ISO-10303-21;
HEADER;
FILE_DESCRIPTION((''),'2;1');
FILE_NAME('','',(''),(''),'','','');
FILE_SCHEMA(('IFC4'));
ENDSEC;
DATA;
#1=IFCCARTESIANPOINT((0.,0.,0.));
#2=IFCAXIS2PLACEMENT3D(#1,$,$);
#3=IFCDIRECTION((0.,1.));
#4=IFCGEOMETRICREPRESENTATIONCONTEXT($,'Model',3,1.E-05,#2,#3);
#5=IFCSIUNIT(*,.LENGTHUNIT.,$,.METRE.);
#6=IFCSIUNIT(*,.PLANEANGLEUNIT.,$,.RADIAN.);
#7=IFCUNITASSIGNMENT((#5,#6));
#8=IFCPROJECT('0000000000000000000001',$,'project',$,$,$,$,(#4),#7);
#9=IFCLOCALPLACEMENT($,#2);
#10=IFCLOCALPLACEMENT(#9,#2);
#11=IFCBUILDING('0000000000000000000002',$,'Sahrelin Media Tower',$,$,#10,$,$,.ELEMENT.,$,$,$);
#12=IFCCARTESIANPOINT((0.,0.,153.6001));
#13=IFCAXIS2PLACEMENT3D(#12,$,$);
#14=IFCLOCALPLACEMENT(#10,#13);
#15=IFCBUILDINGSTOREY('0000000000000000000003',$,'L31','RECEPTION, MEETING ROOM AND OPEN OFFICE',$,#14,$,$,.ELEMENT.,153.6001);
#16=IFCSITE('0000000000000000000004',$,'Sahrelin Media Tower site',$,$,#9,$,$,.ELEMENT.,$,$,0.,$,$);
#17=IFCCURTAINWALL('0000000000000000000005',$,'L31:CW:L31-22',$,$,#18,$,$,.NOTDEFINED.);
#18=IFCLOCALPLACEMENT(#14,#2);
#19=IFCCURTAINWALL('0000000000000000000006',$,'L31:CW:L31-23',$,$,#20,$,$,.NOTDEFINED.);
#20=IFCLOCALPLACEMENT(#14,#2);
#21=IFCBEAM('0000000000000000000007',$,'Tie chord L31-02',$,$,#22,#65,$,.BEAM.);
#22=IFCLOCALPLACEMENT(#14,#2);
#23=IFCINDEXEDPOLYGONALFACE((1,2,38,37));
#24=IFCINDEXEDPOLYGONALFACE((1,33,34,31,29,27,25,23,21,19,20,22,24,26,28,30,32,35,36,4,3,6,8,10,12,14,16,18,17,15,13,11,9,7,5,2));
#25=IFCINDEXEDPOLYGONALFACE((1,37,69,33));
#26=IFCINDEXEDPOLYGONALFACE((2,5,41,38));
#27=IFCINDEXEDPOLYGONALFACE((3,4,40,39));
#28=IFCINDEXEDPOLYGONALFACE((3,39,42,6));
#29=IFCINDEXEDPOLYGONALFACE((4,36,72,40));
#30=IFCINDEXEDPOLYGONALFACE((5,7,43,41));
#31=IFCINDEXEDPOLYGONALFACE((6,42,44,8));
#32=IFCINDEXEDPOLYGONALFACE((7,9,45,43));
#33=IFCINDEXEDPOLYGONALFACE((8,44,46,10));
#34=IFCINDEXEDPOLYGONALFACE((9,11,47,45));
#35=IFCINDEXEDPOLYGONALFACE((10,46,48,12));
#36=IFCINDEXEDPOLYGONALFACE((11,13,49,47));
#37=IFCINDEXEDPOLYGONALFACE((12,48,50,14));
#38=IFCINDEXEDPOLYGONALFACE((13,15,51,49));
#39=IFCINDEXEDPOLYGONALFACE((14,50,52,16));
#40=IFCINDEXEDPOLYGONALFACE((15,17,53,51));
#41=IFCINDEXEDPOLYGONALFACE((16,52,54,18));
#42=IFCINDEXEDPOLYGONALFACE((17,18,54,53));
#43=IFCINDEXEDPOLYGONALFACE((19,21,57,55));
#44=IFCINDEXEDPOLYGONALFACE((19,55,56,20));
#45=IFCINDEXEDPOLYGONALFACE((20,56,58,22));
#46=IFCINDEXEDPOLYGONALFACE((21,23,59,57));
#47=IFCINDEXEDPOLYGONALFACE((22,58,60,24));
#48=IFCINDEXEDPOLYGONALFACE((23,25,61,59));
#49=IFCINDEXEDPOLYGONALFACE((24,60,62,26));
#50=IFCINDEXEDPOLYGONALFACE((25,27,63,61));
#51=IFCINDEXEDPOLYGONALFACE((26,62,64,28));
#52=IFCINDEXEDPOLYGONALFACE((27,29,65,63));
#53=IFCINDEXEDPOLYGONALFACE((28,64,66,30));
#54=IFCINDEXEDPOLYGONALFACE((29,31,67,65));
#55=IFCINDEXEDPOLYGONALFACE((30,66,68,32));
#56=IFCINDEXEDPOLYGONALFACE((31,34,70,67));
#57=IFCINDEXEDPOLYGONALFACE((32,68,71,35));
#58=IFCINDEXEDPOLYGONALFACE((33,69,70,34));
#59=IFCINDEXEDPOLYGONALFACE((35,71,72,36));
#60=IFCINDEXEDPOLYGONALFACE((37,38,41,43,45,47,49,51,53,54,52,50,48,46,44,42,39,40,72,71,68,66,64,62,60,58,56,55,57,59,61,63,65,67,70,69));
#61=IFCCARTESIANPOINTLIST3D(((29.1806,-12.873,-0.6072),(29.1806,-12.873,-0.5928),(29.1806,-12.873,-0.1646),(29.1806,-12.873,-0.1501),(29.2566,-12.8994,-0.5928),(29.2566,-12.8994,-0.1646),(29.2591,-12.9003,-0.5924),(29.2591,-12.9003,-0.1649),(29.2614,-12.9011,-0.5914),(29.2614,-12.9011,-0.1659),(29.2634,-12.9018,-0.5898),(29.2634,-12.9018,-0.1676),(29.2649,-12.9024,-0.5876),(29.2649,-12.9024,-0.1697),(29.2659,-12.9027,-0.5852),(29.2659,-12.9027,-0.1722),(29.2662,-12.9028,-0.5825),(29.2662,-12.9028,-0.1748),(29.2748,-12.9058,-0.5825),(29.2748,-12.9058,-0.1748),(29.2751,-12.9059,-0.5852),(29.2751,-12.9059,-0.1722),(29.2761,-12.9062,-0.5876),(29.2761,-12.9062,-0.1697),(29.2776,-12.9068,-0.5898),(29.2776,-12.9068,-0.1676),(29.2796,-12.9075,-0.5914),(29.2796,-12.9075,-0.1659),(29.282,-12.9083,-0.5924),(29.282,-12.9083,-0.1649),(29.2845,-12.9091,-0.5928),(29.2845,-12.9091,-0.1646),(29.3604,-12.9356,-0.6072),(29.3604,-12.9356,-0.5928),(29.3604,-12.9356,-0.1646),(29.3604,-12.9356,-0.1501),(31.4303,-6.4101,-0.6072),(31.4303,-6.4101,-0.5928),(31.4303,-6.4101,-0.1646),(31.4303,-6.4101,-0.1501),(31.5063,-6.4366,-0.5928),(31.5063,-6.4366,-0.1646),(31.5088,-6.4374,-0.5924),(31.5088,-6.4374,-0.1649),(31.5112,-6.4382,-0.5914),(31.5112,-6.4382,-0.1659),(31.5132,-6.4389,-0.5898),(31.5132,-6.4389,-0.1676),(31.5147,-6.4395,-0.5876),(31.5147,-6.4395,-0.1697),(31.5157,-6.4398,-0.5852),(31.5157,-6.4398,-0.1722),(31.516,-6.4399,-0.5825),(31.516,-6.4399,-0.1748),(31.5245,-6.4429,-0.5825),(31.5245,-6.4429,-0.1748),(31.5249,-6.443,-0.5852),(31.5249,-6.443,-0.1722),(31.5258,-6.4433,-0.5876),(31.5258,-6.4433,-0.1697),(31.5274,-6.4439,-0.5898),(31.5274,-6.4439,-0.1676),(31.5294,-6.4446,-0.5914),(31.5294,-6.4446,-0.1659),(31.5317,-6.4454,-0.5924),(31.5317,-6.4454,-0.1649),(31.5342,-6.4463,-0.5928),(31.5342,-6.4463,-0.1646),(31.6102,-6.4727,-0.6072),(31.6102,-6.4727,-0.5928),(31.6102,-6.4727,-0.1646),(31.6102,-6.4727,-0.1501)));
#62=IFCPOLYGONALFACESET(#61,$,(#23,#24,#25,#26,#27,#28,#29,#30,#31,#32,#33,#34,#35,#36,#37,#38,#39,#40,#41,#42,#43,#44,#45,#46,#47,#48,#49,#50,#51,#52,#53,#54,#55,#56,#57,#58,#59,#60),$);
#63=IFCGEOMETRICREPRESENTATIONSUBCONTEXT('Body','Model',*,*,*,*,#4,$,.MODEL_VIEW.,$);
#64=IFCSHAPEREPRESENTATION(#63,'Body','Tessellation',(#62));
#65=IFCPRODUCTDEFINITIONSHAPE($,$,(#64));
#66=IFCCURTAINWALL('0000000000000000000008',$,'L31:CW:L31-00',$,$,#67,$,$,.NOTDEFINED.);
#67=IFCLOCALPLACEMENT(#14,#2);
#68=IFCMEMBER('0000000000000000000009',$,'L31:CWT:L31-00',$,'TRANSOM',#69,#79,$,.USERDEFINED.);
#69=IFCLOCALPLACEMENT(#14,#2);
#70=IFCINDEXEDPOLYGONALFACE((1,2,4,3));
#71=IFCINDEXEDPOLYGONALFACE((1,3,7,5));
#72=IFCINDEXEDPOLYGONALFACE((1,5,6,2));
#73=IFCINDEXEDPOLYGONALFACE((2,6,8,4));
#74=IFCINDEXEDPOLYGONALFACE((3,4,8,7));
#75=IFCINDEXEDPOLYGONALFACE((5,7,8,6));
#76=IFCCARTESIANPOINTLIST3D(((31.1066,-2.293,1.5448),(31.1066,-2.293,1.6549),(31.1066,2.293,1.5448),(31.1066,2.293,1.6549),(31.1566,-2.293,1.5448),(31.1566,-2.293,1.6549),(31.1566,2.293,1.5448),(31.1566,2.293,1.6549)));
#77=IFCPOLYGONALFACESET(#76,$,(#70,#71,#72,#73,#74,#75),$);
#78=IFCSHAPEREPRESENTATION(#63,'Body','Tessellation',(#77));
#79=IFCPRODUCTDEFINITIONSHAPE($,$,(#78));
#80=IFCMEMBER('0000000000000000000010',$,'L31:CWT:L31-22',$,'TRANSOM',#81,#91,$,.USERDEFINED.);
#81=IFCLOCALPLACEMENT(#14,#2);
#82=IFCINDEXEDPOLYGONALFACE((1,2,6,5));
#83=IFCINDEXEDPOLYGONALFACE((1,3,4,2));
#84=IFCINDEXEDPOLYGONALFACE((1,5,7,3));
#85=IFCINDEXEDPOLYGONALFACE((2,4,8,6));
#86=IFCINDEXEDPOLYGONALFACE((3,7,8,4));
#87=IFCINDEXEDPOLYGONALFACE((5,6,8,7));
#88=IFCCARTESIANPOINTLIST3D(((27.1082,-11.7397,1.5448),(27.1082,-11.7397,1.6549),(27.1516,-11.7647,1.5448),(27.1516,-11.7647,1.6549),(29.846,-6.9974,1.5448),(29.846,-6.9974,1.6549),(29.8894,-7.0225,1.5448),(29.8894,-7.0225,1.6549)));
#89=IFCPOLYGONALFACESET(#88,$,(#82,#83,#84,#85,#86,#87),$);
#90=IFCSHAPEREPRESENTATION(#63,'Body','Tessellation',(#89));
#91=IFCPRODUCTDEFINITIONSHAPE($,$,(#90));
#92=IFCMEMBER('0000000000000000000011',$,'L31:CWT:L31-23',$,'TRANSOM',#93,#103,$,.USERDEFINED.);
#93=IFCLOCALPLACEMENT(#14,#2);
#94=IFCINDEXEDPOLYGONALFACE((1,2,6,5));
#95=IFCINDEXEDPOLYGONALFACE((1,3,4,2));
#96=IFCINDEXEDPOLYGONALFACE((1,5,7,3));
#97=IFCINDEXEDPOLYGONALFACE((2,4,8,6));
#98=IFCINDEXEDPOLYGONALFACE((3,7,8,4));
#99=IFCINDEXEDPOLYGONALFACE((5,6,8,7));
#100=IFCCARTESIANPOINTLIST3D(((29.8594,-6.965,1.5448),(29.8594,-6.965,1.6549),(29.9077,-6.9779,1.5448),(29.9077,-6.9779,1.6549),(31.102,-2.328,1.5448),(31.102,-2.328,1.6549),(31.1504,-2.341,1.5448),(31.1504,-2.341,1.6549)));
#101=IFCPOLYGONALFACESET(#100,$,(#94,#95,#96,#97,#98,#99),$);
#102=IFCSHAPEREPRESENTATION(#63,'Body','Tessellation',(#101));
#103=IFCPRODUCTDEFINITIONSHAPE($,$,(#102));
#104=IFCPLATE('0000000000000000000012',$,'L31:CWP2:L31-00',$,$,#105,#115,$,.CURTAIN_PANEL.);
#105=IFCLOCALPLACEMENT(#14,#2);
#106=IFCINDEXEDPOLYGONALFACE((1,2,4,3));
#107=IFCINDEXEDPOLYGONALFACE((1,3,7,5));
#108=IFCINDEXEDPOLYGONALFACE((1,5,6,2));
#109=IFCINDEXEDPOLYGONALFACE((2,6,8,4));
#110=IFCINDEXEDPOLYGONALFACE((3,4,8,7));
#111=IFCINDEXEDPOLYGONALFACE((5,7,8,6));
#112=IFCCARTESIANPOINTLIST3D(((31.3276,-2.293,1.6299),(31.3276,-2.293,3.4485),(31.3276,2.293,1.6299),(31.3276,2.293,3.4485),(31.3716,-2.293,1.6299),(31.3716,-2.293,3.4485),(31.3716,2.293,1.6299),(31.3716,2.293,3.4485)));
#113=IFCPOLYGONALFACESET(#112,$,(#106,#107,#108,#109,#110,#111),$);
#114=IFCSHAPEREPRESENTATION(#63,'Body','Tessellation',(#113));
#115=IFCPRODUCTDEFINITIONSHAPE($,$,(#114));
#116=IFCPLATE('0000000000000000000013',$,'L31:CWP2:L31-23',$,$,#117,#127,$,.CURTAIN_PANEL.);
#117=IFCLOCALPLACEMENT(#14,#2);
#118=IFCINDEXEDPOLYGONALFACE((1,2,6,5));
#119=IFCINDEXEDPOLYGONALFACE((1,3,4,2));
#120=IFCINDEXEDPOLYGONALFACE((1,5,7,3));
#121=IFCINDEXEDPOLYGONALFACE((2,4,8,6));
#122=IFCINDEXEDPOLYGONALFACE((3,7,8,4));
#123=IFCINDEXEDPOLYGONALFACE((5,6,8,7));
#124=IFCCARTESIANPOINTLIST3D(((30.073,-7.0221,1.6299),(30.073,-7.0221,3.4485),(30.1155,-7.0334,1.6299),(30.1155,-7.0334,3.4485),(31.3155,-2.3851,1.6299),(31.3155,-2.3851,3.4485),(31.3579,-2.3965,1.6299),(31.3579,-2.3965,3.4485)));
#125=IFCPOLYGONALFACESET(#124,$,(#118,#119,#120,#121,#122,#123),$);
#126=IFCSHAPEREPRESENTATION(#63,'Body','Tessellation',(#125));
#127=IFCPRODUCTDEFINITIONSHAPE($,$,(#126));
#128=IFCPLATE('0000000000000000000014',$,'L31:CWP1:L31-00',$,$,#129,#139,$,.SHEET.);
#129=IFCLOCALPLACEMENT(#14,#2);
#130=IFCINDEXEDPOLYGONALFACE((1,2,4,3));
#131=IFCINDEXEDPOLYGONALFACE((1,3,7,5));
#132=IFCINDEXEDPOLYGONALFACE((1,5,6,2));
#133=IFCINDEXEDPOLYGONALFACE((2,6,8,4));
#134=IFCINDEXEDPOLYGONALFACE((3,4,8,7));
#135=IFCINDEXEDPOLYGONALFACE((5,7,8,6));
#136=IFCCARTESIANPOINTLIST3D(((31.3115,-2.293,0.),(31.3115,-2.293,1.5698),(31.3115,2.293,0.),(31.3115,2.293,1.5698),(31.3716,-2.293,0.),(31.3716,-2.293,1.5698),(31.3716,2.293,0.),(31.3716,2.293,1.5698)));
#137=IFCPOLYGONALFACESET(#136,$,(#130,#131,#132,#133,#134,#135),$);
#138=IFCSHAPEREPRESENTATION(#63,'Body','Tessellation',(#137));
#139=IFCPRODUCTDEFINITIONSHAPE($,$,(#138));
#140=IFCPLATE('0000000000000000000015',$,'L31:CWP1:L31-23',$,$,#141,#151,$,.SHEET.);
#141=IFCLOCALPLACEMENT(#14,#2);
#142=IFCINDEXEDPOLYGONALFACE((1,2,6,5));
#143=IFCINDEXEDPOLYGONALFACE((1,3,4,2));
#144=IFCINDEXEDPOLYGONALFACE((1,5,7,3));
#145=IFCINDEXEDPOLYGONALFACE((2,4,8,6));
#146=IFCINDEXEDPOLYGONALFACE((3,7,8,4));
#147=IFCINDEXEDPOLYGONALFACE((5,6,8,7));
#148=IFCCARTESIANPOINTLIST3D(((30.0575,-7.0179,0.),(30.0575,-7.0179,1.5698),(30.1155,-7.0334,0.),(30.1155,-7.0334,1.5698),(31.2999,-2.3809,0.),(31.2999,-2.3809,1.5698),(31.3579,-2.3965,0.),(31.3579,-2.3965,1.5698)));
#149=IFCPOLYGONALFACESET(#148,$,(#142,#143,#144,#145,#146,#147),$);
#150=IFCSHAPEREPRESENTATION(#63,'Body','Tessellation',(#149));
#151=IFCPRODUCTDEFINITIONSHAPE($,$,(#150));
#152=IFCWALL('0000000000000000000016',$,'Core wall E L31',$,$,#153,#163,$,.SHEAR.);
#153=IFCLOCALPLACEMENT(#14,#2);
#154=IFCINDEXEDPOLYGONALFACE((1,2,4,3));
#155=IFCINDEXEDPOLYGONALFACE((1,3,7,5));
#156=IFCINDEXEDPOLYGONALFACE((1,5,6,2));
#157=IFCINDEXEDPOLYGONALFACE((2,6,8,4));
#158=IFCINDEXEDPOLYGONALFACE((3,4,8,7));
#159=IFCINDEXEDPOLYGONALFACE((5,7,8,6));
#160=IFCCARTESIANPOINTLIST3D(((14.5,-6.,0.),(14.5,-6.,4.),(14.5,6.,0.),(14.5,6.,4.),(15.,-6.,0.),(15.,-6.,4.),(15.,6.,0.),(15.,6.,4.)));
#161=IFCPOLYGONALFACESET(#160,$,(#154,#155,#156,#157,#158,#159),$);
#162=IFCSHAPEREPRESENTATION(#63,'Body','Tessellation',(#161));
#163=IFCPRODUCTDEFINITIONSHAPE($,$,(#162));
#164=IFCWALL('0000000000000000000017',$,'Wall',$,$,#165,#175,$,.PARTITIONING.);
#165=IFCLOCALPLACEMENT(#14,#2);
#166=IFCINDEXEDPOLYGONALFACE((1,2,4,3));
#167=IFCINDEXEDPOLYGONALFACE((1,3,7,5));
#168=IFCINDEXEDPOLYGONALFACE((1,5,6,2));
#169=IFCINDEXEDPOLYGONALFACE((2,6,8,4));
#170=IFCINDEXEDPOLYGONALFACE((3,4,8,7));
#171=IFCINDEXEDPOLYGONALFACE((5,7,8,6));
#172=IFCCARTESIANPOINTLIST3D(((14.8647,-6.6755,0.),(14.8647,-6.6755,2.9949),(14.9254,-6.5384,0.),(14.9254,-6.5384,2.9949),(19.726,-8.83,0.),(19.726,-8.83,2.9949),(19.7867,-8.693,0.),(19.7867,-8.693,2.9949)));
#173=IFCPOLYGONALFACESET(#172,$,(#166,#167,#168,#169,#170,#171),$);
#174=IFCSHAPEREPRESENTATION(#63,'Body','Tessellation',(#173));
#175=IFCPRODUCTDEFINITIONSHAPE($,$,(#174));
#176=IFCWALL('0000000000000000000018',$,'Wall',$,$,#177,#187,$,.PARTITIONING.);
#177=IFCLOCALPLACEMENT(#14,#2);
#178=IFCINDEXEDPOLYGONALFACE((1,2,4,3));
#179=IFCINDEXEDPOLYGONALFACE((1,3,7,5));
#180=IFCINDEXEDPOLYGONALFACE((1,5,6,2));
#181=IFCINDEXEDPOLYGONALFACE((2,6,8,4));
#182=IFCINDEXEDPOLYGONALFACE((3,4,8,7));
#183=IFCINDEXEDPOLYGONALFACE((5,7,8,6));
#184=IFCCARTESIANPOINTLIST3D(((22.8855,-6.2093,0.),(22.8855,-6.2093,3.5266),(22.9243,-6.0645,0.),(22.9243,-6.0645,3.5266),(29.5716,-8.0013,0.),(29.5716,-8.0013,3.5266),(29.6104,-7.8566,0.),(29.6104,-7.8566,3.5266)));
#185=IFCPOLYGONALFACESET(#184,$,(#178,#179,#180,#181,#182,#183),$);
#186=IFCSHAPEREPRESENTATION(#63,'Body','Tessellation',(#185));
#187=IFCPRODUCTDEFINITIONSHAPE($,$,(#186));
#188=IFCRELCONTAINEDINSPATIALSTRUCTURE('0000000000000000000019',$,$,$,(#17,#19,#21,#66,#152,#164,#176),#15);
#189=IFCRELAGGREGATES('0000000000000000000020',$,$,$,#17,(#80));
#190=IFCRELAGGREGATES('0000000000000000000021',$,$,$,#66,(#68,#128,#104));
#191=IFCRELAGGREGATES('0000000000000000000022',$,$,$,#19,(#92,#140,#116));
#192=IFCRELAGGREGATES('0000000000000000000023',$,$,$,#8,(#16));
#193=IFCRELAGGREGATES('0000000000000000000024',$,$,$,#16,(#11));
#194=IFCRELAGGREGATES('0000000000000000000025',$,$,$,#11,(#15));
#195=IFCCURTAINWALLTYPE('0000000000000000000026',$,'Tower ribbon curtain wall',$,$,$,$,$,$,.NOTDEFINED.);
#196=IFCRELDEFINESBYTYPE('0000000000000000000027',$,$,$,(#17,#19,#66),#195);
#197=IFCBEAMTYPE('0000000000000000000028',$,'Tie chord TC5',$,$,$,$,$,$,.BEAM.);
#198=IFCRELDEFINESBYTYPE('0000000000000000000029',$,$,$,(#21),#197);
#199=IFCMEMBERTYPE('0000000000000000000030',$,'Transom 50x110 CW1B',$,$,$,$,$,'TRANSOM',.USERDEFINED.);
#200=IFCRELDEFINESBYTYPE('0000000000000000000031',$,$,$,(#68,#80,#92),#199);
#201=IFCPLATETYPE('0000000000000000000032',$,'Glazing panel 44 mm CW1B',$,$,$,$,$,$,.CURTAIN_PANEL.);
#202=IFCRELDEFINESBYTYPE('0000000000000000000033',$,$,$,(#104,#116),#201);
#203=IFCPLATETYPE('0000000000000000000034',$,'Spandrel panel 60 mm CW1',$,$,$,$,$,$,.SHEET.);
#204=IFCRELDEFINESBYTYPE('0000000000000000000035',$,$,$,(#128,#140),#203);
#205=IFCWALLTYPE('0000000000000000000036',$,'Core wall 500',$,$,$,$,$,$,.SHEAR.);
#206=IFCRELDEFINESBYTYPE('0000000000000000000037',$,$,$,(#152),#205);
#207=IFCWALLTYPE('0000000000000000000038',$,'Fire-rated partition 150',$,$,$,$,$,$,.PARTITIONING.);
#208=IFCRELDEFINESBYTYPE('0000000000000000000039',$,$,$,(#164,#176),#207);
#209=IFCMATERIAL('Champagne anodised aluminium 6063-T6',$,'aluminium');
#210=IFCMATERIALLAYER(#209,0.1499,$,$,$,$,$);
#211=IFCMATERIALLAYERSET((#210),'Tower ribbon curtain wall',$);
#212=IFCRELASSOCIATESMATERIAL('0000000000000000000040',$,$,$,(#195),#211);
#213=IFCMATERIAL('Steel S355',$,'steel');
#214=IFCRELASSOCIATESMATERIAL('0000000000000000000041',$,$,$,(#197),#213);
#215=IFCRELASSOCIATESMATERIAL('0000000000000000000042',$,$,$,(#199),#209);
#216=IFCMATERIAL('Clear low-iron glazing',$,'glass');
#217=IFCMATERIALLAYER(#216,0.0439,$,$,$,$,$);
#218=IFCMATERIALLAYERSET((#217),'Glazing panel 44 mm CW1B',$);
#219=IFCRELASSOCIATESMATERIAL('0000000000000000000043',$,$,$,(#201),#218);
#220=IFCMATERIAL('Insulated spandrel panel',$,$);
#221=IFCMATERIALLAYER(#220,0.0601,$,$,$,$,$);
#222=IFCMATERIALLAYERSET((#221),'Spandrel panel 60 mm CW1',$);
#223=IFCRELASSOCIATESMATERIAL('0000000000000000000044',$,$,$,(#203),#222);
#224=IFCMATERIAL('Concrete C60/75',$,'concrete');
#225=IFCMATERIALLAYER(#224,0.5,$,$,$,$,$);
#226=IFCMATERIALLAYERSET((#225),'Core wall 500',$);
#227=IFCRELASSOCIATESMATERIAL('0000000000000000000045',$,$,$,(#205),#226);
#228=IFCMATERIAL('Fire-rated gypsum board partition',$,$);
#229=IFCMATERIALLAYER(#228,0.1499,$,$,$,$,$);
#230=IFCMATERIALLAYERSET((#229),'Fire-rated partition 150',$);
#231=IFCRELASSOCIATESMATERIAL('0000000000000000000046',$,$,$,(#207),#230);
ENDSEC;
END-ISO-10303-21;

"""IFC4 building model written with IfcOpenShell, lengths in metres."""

from ifc_helpers import new_model, si_unit, direction, frame, frame_2d, origin, origin_2d, place, context, subcontext, project, spatial, polyline, rectangle, i_section, outline, extrude, material, layer, layer_set, material_profile, profile_set, type_object, element, aggregate, save


model = new_model("IFC4")

# Units and contexts
model_context = context("Model", 3, precision=1e-05, world=origin(), true_north=direction((0.0, 1.0)))
body_context = subcontext(model_context, "Body", "Model", "MODEL_VIEW")
ifc_project = project(units=[si_unit("LENGTHUNIT", "METRE"), si_unit("PLANEANGLEUNIT", "RADIAN")], contexts=[model_context])

# Site, building, storey
site_placement = place(None, origin())
site = spatial("IfcSite", under=ifc_project, at=site_placement, Name="Sahrelin Media Tower site", CompositionType="ELEMENT", RefElevation=0.0)
building_placement = place(site_placement, origin())
building = spatial("IfcBuilding", under=site, at=building_placement, Name="Sahrelin Media Tower", CompositionType="ELEMENT")
storey_placement = place(building_placement, frame((0.0, 0.0, 153.6001)))
storey = spatial("IfcBuildingStorey", under=building, at=storey_placement, Name="L31", Description="RECEPTION, MEETING ROOM AND OPEN OFFICE", CompositionType="ELEMENT", Elevation=153.6001)

# Shared definitions
ifc_material_1 = material(Name="Steel S355", Category="steel")

# Curtain walls
ifc_material_2 = material(Name="Champagne anodised aluminium 6063-T6", Category="aluminium")
ifc_layer_1 = layer(ifc_material_2, 0.1499)
ifc_layer_set_1 = layer_set([ifc_layer_1], Name="Tower ribbon curtain wall")
curtain_wall_type = type_object("IfcCurtainWallType", Name="Tower ribbon curtain wall", PredefinedType="NOTDEFINED", material=ifc_layer_set_1)
curtain_wall_1_placement = place(storey_placement, frame((28.6892, -9.491, 0.0), z_axis=(0.0, 0.0, 1.0), x_axis=(1.0, 0.0, 0.0)))
curtain_wall_1 = element("IfcCurtainWall", 1, at=curtain_wall_1_placement, inside=storey, type_object=curtain_wall_type, Name="L31:CW:L31-22", PredefinedType="NOTDEFINED")
curtain_wall_2_placement = place(storey_placement, frame((30.7173, -4.7097, 0.0), z_axis=(0.0, 0.0, 1.0), x_axis=(1.0, 0.0, 0.0)))
curtain_wall_2 = element("IfcCurtainWall", 2, at=curtain_wall_2_placement, inside=storey, type_object=curtain_wall_type, Name="L31:CW:L31-23", PredefinedType="NOTDEFINED")

# Beam
ifc_material_profile_1 = material_profile(ifc_material_1, i_section(OverallWidth=0.1904, OverallDepth=0.457, WebThickness=0.009, FlangeThickness=0.0144, FilletRadius=0.0103, at=origin_2d()), Name="UB 457x191x74")
ifc_profile_set_1 = profile_set([ifc_material_profile_1], Name="Steel S355")
beam_type_1 = type_object("IfcBeamType", Name="Tie chord TC5", PredefinedType="BEAM", material=ifc_profile_set_1)
beam_1_placement = place(storey_placement, frame((31.5203, -6.4414, -0.3787), z_axis=(-0.328754, -0.944415, 0.0), x_axis=(0.944415, -0.328754, 0.0)))
element("IfcBeam", 3, at=beam_1_placement, inside=storey, type_object=beam_type_1, Name="Tie chord L31-02", PredefinedType="BEAM", context=body_context, shape_type="SweptSolid", body=[
    extrude(i_section(OverallWidth=0.1904, OverallDepth=0.457, WebThickness=0.009, FlangeThickness=0.0144, FilletRadius=0.0103, at=origin_2d()), origin(), (0.0, 0.0, 1.0), 6.8433),
])

# Curtain wall, member
curtain_wall_3_placement = place(storey_placement, frame((31.3516, 0.0, 0.0), z_axis=(0.0, 0.0, 1.0), x_axis=(1.0, 0.0, 0.0)))
curtain_wall_3 = element("IfcCurtainWall", 4, at=curtain_wall_3_placement, inside=storey, type_object=curtain_wall_type, Name="L31:CW:L31-00", PredefinedType="NOTDEFINED")
ifc_material_profile_2 = material_profile(ifc_material_2, rectangle(XDim=0.05, YDim=0.1101, at=origin_2d()), Name="Transom 50x110")
ifc_profile_set_2 = profile_set([ifc_material_profile_2], Name="Champagne anodised aluminium 6063-T6")
member_type_1 = type_object("IfcMemberType", Name="Transom 50x110 CW1B", ElementType="TRANSOM", PredefinedType="USERDEFINED", material=ifc_profile_set_2)
member_1_placement = place(storey_placement, frame((31.1316, -2.293, 1.5999), z_axis=(0.0, 1.0, 0.0), x_axis=(-1.0, 0.0, 0.0)))
member_1 = element("IfcMember", 5, at=member_1_placement, type_object=member_type_1, Name="L31:CWT:L31-00", ObjectType="TRANSOM", PredefinedType="USERDEFINED", context=body_context, shape_type="SweptSolid", body=[
    extrude(rectangle(XDim=0.05, YDim=0.1101, at=origin_2d()), origin(), (0.0, 0.0, 1.0), 4.5859),
])

# Members
member_2_placement = place(storey_placement, frame((27.1299, -11.7522, 1.5999), z_axis=(0.499985, 0.866034, 0.0), x_axis=(-0.866034, 0.499985, 0.0)))
member_2 = element("IfcMember", 6, at=member_2_placement, type_object=member_type_1, Name="L31:CWT:L31-22", ObjectType="TRANSOM", PredefinedType="USERDEFINED", context=body_context, shape_type="SweptSolid", body=[
    extrude(rectangle(XDim=0.05, YDim=0.1101, at=origin_2d()), origin(), (0.0, 0.0, 1.0), 5.4758),
])
aggregate(curtain_wall_1, [member_2])
member_3_placement = place(storey_placement, frame((29.8835, -6.9714, 1.5999), z_axis=(0.258859, 0.965915, 0.0), x_axis=(-0.965915, 0.258859, 0.0)))
member_3 = element("IfcMember", 7, at=member_3_placement, type_object=member_type_1, Name="L31:CWT:L31-23", ObjectType="TRANSOM", PredefinedType="USERDEFINED", context=body_context, shape_type="SweptSolid", body=[
    extrude(rectangle(XDim=0.05, YDim=0.1101, at=origin_2d()), origin(), (0.0, 0.0, 1.0), 4.8005),
])

# Plates
ifc_material_3 = material(Name="Clear low-iron glazing", Category="glass")
ifc_layer_2 = layer(ifc_material_3, 0.0439)
ifc_layer_set_2 = layer_set([ifc_layer_2], Name="Glazing panel 44 mm CW1B")
plate_type_1 = type_object("IfcPlateType", Name="Glazing panel 44 mm CW1B", PredefinedType="CURTAIN_PANEL", material=ifc_layer_set_2)
plate_1_placement = place(storey_placement, frame((31.3716, -2.293, 1.6299), z_axis=(1.0, 0.0, 0.0), x_axis=(0.0, 1.0, 0.0)))
plate_1 = element("IfcPlate", 8, at=plate_1_placement, type_object=plate_type_1, Name="L31:CWP2:L31-00", PredefinedType="CURTAIN_PANEL", context=body_context, shape_type="SweptSolid", body=[
    extrude(outline(polyline([(0.0, 0.0), (4.5859, 0.0), (4.5859, 1.8186), (0.0, 1.8186), (0.0, 0.0)])), origin(), (0.0, 0.0, -1.0), 0.0439),
])
plate_2_placement = place(storey_placement, frame((30.1155, -7.0334, 1.6299), z_axis=(0.965928, -0.258811, 0.0), x_axis=(0.258811, 0.965928, 0.0)))
plate_2 = element("IfcPlate", 9, at=plate_2_placement, type_object=plate_type_1, Name="L31:CWP2:L31-23", PredefinedType="CURTAIN_PANEL", context=body_context, shape_type="SweptSolid", body=[
    extrude(outline(polyline([(0.0, 0.0), (4.8005, 0.0), (4.8005, 1.8186), (0.0, 1.8186), (0.0, 0.0)])), origin(), (0.0, 0.0, -1.0), 0.0439),
])
ifc_material_4 = material(Name="Insulated spandrel panel")
ifc_layer_3 = layer(ifc_material_4, 0.0601)
ifc_layer_set_3 = layer_set([ifc_layer_3], Name="Spandrel panel 60 mm CW1")
plate_type_2 = type_object("IfcPlateType", Name="Spandrel panel 60 mm CW1", PredefinedType="SHEET", material=ifc_layer_set_3)
plate_3_placement = place(storey_placement, frame((31.3716, -2.293, 0.0), z_axis=(1.0, 0.0, 0.0), x_axis=(0.0, 1.0, 0.0)))
plate_3 = element("IfcPlate", 10, at=plate_3_placement, type_object=plate_type_2, Name="L31:CWP1:L31-00", PredefinedType="SHEET", context=body_context, shape_type="SweptSolid", body=[
    extrude(outline(polyline([(0.0, 0.0), (4.5859, 0.0), (4.5859, 1.5698), (0.0, 1.5698), (0.0, 0.0)])), origin(), (0.0, 0.0, -1.0), 0.0601),
])
aggregate(curtain_wall_3, [member_1, plate_3, plate_1])
plate_4_placement = place(storey_placement, frame((30.1155, -7.0334, 0.0), z_axis=(0.965928, -0.258811, 0.0), x_axis=(0.258811, 0.965928, 0.0)))
plate_4 = element("IfcPlate", 11, at=plate_4_placement, type_object=plate_type_2, Name="L31:CWP1:L31-23", PredefinedType="SHEET", context=body_context, shape_type="SweptSolid", body=[
    extrude(outline(polyline([(0.0, 0.0), (4.8005, 0.0), (4.8005, 1.5698), (0.0, 1.5698), (0.0, 0.0)])), origin(), (0.0, 0.0, -1.0), 0.0601),
])
aggregate(curtain_wall_2, [member_3, plate_4, plate_2])

# Walls
ifc_material_5 = material(Name="Concrete C60/75", Category="concrete")
ifc_layer_4 = layer(ifc_material_5, 0.5)
ifc_layer_set_4 = layer_set([ifc_layer_4], Name="Core wall 500")
wall_type_1 = type_object("IfcWallType", Name="Core wall 500", PredefinedType="SHEAR", material=ifc_layer_set_4)
wall_1_placement = place(storey_placement, frame((14.75, -6.0, 0.0), z_axis=(0.0, 0.0, 1.0), x_axis=(0.0, 1.0, 0.0)))
element("IfcWall", 12, at=wall_1_placement, inside=storey, type_object=wall_type_1, Name="Core wall E L31", PredefinedType="SHEAR", context=body_context, shape_type="SweptSolid", body=[
    extrude(rectangle(XDim=12.0, YDim=0.5, at=frame_2d((6.0, 0.0))), origin(), (0.0, 0.0, 1.0), 4.0),
])
ifc_material_6 = material(Name="Fire-rated gypsum board partition")
ifc_layer_5 = layer(ifc_material_6, 0.1499)
ifc_layer_set_5 = layer_set([ifc_layer_5], Name="Fire-rated partition 150")
wall_type_2 = type_object("IfcWallType", Name="Fire-rated partition 150", PredefinedType="PARTITIONING", material=ifc_layer_set_5)
wall_2_placement = place(storey_placement, frame((14.895, -6.6069, 0.0), z_axis=(0.0, 0.0, 1.0), x_axis=(0.914233, -0.405188, 0.0)))
element("IfcWall", 13, at=wall_2_placement, inside=storey, type_object=wall_type_2, Name="Wall", PredefinedType="PARTITIONING", context=body_context, shape_type="SweptSolid", body=[
    extrude(rectangle(XDim=5.3174, YDim=0.1499, at=frame_2d((2.6587, 0.0))), origin(), (0.0, 0.0, 1.0), 2.9949),
])
wall_3_placement = place(storey_placement, frame((22.905, -6.137, 0.0), z_axis=(0.0, 0.0, 1.0), x_axis=(0.965909, -0.258883, 0.0)))
element("IfcWall", 14, at=wall_3_placement, inside=storey, type_object=wall_type_2, Name="Wall", PredefinedType="PARTITIONING", context=body_context, shape_type="SweptSolid", body=[
    extrude(rectangle(XDim=6.9221, YDim=0.1499, at=frame_2d((3.4609, 0.0))), origin(), (0.0, 0.0, 1.0), 3.5266),
])

save(model, "model.ifc")
